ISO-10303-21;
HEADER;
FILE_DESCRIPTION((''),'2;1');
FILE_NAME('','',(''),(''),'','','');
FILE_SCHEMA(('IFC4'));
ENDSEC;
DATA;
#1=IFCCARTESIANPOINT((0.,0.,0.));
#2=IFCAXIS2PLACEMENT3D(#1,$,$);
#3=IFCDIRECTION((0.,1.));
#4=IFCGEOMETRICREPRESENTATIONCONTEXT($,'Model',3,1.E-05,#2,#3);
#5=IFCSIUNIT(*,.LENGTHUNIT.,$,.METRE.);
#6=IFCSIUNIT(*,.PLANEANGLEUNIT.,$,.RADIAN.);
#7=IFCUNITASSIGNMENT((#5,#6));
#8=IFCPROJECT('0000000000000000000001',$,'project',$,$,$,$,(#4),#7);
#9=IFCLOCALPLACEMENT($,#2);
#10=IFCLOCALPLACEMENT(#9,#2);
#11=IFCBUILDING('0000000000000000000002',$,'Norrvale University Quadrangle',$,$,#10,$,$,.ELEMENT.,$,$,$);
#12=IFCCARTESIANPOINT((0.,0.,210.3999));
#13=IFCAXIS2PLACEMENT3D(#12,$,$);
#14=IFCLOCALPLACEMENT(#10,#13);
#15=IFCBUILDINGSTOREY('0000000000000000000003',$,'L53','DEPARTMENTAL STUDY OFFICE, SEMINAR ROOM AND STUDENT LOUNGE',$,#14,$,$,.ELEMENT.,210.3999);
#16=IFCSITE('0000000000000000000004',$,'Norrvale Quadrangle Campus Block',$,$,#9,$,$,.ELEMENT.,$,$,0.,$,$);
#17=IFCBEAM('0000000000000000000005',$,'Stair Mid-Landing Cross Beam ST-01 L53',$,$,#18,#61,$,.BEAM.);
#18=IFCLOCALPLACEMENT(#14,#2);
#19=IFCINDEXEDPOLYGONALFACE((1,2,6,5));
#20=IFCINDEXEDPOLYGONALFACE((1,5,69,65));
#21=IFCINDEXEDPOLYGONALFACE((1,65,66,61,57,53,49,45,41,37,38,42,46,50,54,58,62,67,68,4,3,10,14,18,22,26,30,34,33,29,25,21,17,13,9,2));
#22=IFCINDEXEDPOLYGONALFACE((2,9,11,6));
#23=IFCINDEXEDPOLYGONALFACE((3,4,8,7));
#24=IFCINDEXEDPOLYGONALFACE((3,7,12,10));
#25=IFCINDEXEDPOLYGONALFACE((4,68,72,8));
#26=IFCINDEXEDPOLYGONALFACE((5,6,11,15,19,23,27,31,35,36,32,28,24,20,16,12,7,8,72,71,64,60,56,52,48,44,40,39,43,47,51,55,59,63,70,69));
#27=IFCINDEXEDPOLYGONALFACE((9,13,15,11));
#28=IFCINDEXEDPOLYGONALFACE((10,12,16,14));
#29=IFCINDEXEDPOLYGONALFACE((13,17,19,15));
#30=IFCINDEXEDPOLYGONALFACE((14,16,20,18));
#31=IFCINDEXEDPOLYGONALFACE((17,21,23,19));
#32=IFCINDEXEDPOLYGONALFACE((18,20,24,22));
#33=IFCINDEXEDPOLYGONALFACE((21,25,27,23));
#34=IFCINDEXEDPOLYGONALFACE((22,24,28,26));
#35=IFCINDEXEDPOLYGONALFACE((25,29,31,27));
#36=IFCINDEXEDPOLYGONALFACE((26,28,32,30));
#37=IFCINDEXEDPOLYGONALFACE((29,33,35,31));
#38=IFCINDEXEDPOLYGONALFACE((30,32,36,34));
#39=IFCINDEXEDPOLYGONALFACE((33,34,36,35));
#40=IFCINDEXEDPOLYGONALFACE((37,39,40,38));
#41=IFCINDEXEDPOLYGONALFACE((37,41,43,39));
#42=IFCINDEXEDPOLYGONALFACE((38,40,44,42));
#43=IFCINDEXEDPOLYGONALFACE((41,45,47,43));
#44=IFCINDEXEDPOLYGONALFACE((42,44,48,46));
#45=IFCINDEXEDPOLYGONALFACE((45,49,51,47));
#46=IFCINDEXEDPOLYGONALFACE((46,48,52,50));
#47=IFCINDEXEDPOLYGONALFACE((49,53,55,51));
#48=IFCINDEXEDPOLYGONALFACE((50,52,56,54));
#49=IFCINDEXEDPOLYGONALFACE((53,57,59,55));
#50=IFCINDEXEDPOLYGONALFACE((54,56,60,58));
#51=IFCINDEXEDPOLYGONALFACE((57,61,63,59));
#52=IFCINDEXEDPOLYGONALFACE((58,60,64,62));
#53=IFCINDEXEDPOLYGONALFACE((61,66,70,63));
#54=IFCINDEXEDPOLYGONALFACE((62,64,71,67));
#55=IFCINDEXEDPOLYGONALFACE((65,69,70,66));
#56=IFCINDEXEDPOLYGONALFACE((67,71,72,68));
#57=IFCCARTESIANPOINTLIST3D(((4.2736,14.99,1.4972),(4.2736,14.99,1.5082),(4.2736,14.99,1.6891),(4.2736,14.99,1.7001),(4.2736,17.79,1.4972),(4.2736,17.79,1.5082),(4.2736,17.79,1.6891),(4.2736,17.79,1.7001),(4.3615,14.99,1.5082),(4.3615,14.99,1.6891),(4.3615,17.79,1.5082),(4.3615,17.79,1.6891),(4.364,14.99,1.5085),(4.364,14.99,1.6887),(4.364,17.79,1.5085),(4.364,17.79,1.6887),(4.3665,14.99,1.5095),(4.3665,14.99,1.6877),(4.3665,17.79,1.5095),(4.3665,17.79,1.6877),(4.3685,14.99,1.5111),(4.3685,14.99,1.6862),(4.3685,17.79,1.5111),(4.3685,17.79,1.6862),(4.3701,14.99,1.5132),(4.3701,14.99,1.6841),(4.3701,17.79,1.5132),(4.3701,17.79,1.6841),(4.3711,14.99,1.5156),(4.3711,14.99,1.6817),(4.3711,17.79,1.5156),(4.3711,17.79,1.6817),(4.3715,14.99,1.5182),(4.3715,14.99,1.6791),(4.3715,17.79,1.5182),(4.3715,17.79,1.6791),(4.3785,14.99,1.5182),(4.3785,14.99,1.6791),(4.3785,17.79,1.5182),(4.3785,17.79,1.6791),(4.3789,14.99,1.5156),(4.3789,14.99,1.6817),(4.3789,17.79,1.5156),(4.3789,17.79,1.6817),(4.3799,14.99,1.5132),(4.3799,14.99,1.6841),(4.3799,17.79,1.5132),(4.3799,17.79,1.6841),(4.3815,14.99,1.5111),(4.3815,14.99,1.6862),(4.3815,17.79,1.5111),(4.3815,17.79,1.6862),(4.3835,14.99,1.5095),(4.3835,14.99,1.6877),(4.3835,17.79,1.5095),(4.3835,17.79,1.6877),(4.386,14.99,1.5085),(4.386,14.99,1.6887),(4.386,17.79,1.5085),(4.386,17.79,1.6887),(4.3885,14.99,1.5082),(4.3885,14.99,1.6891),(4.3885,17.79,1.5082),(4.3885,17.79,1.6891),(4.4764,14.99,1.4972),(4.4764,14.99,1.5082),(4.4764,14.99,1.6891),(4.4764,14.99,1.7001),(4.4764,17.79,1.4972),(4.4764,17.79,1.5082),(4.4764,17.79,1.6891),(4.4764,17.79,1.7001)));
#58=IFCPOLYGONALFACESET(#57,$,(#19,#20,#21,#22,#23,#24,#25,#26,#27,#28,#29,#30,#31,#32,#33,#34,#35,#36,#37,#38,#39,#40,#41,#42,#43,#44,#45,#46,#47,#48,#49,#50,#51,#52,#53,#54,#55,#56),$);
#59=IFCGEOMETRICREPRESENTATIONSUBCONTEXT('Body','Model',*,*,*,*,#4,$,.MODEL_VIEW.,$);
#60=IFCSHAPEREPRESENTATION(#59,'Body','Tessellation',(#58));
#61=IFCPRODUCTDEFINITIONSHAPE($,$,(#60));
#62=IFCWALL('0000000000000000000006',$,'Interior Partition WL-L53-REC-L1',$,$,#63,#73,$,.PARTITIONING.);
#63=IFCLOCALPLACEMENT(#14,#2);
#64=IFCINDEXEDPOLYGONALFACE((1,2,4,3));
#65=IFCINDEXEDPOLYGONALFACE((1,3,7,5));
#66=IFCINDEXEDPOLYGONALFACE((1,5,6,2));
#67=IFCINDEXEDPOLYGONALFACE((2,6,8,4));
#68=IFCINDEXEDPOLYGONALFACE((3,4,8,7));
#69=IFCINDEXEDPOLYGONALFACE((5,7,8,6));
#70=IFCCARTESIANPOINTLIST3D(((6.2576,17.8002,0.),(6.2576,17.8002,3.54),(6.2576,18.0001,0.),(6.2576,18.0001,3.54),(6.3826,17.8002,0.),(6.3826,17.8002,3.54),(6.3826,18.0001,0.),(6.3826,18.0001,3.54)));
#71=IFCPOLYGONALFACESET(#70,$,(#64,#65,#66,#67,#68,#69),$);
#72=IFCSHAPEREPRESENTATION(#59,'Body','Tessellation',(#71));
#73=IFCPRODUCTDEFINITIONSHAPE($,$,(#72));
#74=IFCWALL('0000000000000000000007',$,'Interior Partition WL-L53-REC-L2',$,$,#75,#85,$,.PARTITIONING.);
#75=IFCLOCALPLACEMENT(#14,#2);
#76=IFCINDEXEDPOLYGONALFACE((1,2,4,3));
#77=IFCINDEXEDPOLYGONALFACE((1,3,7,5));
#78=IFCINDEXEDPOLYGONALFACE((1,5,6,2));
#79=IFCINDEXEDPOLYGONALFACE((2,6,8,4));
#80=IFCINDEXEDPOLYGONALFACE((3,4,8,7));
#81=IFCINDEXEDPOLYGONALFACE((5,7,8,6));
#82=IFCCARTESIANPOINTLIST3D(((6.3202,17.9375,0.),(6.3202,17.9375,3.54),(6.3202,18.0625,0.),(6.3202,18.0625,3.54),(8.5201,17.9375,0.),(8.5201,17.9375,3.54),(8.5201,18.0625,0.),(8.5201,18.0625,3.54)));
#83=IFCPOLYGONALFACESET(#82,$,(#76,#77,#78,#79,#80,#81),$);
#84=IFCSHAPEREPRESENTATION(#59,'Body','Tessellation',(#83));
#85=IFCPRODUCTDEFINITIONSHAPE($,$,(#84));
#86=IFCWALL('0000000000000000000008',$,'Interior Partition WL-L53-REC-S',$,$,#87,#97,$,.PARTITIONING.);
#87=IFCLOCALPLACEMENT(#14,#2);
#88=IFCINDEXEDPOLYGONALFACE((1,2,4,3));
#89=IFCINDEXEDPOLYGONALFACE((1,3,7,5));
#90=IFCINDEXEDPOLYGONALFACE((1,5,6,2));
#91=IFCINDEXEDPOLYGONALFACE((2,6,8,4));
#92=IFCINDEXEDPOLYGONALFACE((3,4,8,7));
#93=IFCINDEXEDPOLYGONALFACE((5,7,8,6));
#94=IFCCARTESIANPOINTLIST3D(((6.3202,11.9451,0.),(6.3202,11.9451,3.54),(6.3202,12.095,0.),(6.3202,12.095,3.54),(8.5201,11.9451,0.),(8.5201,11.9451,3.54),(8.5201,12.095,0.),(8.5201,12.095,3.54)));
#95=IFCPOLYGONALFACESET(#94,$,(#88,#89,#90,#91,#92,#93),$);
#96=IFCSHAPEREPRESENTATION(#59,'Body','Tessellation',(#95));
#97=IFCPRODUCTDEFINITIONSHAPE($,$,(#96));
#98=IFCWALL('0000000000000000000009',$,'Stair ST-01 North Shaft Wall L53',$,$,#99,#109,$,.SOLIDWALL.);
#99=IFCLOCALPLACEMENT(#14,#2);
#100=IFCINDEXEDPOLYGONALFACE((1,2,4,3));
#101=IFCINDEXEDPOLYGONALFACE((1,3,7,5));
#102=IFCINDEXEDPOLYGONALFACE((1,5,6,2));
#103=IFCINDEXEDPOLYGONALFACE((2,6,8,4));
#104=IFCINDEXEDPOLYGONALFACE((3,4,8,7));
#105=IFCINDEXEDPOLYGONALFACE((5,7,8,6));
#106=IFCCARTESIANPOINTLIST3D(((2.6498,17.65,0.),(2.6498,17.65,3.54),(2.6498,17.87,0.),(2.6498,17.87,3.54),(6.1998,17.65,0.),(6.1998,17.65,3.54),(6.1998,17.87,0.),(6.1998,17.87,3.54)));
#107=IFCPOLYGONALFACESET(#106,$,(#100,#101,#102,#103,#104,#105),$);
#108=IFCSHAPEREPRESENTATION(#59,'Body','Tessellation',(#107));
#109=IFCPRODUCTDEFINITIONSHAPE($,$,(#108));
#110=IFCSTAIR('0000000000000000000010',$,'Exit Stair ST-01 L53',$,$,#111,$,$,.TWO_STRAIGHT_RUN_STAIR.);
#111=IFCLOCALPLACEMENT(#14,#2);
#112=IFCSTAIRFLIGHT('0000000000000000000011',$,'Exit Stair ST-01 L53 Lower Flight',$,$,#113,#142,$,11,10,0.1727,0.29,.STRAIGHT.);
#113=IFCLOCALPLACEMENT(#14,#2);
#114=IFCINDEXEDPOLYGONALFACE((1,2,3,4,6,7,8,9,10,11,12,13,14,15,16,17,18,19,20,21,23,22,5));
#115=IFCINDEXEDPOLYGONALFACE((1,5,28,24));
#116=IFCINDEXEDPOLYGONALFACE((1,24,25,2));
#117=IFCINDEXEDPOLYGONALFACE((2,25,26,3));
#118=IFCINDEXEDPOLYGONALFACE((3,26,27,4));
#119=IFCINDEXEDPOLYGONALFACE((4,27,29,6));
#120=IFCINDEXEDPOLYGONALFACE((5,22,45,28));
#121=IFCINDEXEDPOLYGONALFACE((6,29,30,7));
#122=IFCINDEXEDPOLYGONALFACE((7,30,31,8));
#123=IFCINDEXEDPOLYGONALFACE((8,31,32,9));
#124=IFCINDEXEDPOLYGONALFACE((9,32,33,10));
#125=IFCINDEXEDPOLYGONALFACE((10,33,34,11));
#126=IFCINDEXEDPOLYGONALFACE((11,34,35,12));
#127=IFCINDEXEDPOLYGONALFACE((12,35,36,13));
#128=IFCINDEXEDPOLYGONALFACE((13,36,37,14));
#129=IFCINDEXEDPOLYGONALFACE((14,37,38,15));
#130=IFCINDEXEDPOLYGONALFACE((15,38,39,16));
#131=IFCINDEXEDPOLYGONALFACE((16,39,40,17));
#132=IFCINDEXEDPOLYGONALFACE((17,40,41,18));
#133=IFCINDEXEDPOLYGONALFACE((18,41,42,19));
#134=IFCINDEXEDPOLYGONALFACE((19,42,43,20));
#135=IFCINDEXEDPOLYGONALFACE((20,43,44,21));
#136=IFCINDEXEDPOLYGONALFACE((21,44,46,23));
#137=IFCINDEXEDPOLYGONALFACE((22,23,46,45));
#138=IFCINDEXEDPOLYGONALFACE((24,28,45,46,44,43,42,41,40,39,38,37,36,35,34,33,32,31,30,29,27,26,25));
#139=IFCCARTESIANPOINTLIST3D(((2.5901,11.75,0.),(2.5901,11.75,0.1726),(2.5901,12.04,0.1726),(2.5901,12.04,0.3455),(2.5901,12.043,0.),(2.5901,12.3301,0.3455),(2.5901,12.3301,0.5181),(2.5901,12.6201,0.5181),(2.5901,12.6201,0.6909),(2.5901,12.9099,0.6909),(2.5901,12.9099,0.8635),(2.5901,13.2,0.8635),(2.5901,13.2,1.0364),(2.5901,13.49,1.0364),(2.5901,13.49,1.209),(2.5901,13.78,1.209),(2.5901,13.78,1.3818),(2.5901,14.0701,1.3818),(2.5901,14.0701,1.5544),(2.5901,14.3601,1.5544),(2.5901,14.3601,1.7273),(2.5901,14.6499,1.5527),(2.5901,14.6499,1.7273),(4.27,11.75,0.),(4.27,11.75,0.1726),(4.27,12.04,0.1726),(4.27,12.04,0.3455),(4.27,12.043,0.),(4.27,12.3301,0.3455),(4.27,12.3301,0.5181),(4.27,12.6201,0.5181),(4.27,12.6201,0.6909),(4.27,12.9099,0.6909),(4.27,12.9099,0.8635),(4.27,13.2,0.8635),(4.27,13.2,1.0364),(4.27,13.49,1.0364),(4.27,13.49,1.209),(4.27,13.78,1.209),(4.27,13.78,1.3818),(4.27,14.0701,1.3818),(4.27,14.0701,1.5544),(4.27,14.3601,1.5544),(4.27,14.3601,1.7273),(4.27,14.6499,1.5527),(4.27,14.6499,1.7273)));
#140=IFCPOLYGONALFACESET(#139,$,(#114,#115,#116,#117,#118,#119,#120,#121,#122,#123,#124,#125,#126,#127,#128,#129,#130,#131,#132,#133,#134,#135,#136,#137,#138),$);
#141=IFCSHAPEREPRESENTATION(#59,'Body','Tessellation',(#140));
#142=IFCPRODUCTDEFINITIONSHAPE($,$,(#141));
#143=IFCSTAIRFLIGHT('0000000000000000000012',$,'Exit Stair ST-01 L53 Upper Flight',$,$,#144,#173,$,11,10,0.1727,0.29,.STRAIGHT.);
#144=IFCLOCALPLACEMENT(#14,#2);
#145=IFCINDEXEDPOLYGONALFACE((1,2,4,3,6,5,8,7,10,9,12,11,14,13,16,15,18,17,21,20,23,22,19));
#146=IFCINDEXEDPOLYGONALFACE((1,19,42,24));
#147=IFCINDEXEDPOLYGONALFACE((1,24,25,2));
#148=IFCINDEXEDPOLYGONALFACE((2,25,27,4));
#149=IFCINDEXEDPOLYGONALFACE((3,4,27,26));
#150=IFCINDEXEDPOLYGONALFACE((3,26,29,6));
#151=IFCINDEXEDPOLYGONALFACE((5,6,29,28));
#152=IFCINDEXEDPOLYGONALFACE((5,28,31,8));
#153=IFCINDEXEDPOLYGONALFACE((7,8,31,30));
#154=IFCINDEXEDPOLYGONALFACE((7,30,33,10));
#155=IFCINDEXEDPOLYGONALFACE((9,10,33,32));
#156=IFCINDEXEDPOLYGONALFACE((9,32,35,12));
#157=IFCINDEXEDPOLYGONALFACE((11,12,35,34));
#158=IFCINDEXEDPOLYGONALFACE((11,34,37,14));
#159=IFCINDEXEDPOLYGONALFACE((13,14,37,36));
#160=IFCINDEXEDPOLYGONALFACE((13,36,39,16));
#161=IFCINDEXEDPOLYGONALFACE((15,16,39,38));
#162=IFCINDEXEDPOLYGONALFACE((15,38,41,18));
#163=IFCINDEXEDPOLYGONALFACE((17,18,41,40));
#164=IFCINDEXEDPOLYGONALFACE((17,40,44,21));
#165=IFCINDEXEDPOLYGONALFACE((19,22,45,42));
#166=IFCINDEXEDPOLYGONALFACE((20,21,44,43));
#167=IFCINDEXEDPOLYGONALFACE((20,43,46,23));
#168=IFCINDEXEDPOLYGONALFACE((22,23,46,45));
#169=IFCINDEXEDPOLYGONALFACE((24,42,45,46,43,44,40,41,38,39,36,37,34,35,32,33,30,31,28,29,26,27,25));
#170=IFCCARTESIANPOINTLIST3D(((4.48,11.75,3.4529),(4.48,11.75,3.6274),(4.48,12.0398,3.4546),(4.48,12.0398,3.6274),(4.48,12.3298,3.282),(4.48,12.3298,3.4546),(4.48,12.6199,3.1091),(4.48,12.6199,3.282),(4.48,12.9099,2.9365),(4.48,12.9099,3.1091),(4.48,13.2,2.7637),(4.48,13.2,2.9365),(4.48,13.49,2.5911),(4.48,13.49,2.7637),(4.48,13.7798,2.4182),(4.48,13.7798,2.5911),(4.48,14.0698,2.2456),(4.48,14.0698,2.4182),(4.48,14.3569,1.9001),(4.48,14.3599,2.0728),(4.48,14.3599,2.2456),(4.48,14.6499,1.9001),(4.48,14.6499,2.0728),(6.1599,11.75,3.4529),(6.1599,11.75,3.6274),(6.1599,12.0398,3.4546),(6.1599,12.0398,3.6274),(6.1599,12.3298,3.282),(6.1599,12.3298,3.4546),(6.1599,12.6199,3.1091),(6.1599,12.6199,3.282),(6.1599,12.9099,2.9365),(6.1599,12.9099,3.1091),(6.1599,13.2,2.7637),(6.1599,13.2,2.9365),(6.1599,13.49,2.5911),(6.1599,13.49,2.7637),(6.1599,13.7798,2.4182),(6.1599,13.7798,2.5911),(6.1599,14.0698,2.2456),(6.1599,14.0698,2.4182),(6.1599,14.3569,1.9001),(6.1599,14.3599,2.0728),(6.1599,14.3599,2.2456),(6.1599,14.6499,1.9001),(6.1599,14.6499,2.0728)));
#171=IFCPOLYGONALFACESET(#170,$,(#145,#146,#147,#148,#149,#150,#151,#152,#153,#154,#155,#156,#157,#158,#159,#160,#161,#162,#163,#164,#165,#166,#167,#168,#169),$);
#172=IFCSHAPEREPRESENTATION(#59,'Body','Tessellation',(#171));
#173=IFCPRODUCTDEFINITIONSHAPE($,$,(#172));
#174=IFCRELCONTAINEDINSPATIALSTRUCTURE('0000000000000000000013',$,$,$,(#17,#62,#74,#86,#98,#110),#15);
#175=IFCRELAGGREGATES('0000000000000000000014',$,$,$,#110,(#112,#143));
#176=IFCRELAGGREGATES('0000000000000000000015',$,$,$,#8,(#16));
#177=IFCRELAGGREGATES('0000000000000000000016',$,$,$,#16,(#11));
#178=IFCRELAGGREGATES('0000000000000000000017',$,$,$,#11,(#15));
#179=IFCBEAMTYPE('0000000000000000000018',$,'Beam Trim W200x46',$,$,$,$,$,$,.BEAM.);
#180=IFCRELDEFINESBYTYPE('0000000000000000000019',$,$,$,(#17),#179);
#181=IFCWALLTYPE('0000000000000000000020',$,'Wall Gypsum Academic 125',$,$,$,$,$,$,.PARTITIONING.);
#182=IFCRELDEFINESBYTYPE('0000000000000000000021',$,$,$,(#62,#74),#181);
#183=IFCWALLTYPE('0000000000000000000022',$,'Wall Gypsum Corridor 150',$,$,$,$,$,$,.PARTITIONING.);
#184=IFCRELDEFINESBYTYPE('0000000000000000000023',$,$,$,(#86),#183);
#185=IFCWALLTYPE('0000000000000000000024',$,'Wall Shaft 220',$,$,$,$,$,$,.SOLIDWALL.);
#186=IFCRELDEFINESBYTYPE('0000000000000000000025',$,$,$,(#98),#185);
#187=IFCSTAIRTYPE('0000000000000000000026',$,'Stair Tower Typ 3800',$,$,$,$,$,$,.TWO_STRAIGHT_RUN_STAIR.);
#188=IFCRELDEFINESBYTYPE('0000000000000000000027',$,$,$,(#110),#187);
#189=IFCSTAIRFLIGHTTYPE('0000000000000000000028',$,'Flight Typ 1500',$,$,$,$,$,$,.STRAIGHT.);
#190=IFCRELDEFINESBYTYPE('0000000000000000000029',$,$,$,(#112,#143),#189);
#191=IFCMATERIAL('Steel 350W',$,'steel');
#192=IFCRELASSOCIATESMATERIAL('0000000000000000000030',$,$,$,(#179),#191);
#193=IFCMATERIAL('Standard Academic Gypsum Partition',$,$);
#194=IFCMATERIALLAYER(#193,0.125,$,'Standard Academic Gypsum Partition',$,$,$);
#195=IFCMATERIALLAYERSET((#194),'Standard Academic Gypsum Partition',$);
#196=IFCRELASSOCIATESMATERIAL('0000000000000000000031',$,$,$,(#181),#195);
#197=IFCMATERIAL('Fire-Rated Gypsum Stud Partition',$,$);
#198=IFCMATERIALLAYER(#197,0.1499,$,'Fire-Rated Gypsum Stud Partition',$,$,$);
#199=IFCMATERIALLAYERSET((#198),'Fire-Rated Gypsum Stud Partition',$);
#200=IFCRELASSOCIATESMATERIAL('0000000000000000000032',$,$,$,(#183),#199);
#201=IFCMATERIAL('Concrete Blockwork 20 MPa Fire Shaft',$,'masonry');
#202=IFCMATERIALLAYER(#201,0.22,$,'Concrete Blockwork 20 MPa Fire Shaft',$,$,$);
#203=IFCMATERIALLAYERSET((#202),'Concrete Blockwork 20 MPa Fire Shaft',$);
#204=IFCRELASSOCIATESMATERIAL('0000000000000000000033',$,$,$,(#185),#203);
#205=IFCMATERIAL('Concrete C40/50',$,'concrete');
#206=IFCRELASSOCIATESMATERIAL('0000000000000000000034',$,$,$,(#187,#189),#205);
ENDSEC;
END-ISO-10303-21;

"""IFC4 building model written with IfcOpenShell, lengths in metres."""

from ifc_helpers import new_model, si_unit, direction, frame, frame_2d, origin, origin_2d, place, context, subcontext, project, spatial, polyline, rectangle, i_section, outline, extrude, material, layer, layer_set, material_profile, profile_set, type_object, element, aggregate, save


model = new_model("IFC4")

# Units and contexts
model_context = context("Model", 3, precision=1e-05, world=origin(), true_north=direction((0.0, 1.0)))
body_context = subcontext(model_context, "Body", "Model", "MODEL_VIEW")
ifc_project = project(units=[si_unit("LENGTHUNIT", "METRE"), si_unit("PLANEANGLEUNIT", "RADIAN")], contexts=[model_context])

# Site, building, storey
site_placement = place(None, origin())
site = spatial("IfcSite", under=ifc_project, at=site_placement, Name="Norrvale Quadrangle Campus Block", CompositionType="ELEMENT", RefElevation=0.0)
building_placement = place(site_placement, origin())
building = spatial("IfcBuilding", under=site, at=building_placement, Name="Norrvale University Quadrangle", CompositionType="ELEMENT")
storey_placement = place(building_placement, frame((0.0, 0.0, 210.3999)))
storey = spatial("IfcBuildingStorey", under=building, at=storey_placement, Name="L53", Description="DEPARTMENTAL STUDY OFFICE, SEMINAR ROOM AND STUDENT LOUNGE", CompositionType="ELEMENT", Elevation=210.3999)

# Beam
ifc_material_1 = material(Name="Steel 350W", Category="steel")
ifc_material_profile_1 = material_profile(ifc_material_1, i_section(OverallWidth=0.2029, OverallDepth=0.2029, WebThickness=0.0071, FlangeThickness=0.011, FilletRadius=0.01, at=origin_2d()), Name="Steel 350W")
ifc_profile_set_1 = profile_set([ifc_material_profile_1], Name="Steel 350W")
beam_type_1 = type_object("IfcBeamType", Name="Beam Trim W200x46", PredefinedType="BEAM", material=ifc_profile_set_1)
beam_1_placement = place(storey_placement, frame((4.375, 14.99, 1.5986), z_axis=(0.0, 1.0, 0.0), x_axis=(-1.0, 0.0, 0.0)))
element("IfcBeam", 1, at=beam_1_placement, inside=storey, type_object=beam_type_1, Name="Stair Mid-Landing Cross Beam ST-01 L53", PredefinedType="BEAM", context=body_context, shape_type="SweptSolid", body=[
    extrude(i_section(OverallWidth=0.2029, OverallDepth=0.2029, WebThickness=0.0071, FlangeThickness=0.011, FilletRadius=0.01, at=origin_2d()), origin(), (0.0, 0.0, 1.0), 2.8),
])

# Walls
ifc_material_2 = material(Name="Standard Academic Gypsum Partition")
ifc_layer_1 = layer(ifc_material_2, 0.125, Name="Standard Academic Gypsum Partition")
ifc_layer_set_1 = layer_set([ifc_layer_1], Name="Standard Academic Gypsum Partition")
wall_type_1 = type_object("IfcWallType", Name="Wall Gypsum Academic 125", PredefinedType="PARTITIONING", material=ifc_layer_set_1)
wall_1_placement = place(storey_placement, frame((6.3201, 17.8, 0.0), z_axis=(0.0, 0.0, 1.0), x_axis=(0.0, 1.0, 0.0)))
element("IfcWall", 2, at=wall_1_placement, inside=storey, type_object=wall_type_1, Name="Interior Partition WL-L53-REC-L1", PredefinedType="PARTITIONING", context=body_context, shape_type="SweptSolid", body=[
    extrude(rectangle(XDim=0.2, YDim=0.125, at=frame_2d((0.1001, 0.0))), origin(), (0.0, 0.0, 1.0), 3.54),
])
wall_2_placement = place(storey_placement, frame((6.3201, 18.0, 0.0), z_axis=(0.0, 0.0, 1.0), x_axis=(1.0, 0.0, 0.0)))
element("IfcWall", 3, at=wall_2_placement, inside=storey, type_object=wall_type_1, Name="Interior Partition WL-L53-REC-L2", PredefinedType="PARTITIONING", context=body_context, shape_type="SweptSolid", body=[
    extrude(rectangle(XDim=2.2, YDim=0.125, at=frame_2d((1.1001, 0.0))), origin(), (0.0, 0.0, 1.0), 3.54),
])
ifc_material_3 = material(Name="Fire-Rated Gypsum Stud Partition")
ifc_layer_2 = layer(ifc_material_3, 0.1499, Name="Fire-Rated Gypsum Stud Partition")
ifc_layer_set_2 = layer_set([ifc_layer_2], Name="Fire-Rated Gypsum Stud Partition")
wall_type_2 = type_object("IfcWallType", Name="Wall Gypsum Corridor 150", PredefinedType="PARTITIONING", material=ifc_layer_set_2)
wall_3_placement = place(storey_placement, frame((6.3201, 12.02, 0.0), z_axis=(0.0, 0.0, 1.0), x_axis=(1.0, 0.0, 0.0)))
element("IfcWall", 4, at=wall_3_placement, inside=storey, type_object=wall_type_2, Name="Interior Partition WL-L53-REC-S", PredefinedType="PARTITIONING", context=body_context, shape_type="SweptSolid", body=[
    extrude(rectangle(XDim=2.2, YDim=0.1499, at=frame_2d((1.1001, 0.0))), origin(), (0.0, 0.0, 1.0), 3.54),
])
ifc_material_4 = material(Name="Concrete Blockwork 20 MPa Fire Shaft", Category="masonry")
ifc_layer_3 = layer(ifc_material_4, 0.22, Name="Concrete Blockwork 20 MPa Fire Shaft")
ifc_layer_set_3 = layer_set([ifc_layer_3], Name="Concrete Blockwork 20 MPa Fire Shaft")
wall_type_3 = type_object("IfcWallType", Name="Wall Shaft 220", PredefinedType="SOLIDWALL", material=ifc_layer_set_3)
wall_4_placement = place(storey_placement, frame((2.6499, 17.76, 0.0), z_axis=(0.0, 0.0, 1.0), x_axis=(1.0, 0.0, 0.0)))
element("IfcWall", 5, at=wall_4_placement, inside=storey, type_object=wall_type_3, Name="Stair ST-01 North Shaft Wall L53", PredefinedType="SOLIDWALL", context=body_context, shape_type="SweptSolid", body=[
    extrude(rectangle(XDim=3.55, YDim=0.22, at=frame_2d((1.7749, 0.0))), origin(), (0.0, 0.0, 1.0), 3.54),
])

# Stair, stair flights
ifc_material_5 = material(Name="Concrete C40/50", Category="concrete")
stair_type = type_object("IfcStairType", Name="Stair Tower Typ 3800", PredefinedType="TWO_STRAIGHT_RUN_STAIR", material=ifc_material_5)
stair_placement = place(storey_placement, origin())
stair = element("IfcStair", 6, at=stair_placement, inside=storey, type_object=stair_type, Name="Exit Stair ST-01 L53", PredefinedType="TWO_STRAIGHT_RUN_STAIR")
stair_flight_type = type_object("IfcStairFlightType", Name="Flight Typ 1500", PredefinedType="STRAIGHT", material=ifc_material_5)
stair_flight_1_placement = place(storey_placement, frame((3.4299, 11.75, 0.0), z_axis=(0.0, 0.0, 1.0), x_axis=(0.0, 1.0, 0.0)))
stair_flight_1 = element("IfcStairFlight", 7, at=stair_flight_1_placement, type_object=stair_flight_type, Name="Exit Stair ST-01 L53 Lower Flight", NumberOfRisers=11, NumberOfTreads=10, PredefinedType="STRAIGHT", RiserHeight=0.1727, TreadLength=0.29, context=body_context, shape_type="SweptSolid", body=[
    extrude(outline(polyline([(0.0, 0.0), (0.0, 0.1726), (0.29, 0.1726), (0.29, 0.3455), (0.5801, 0.3455), (0.5801, 0.5181), (0.8701, 0.5181), (0.8701, 0.6909), (1.1599, 0.6909), (1.1599, 0.8635), (1.45, 0.8635), (1.45, 1.0364), (1.74, 1.0364), (1.74, 1.209), (2.03, 1.209), (2.03, 1.3818), (2.3201, 1.3818), (2.3201, 1.5544), (2.6101, 1.5544), (2.6101, 1.7273), (2.8999, 1.7273), (2.8999, 1.8999), (2.8999, 1.5527), (0.293, 0.0), (0.0, 0.0)])), frame((0.0, 0.8398, 0.0), z_axis=(0.0, -1.0, 0.0), x_axis=(1.0, 0.0, 0.0)), (0.0, 0.0, 1.0), 1.6799),
])
stair_flight_2_placement = place(storey_placement, frame((5.3201, 14.6499, 1.9001), z_axis=(0.0, 0.0, 1.0), x_axis=(0.0, -1.0, 0.0)))
stair_flight_2 = element("IfcStairFlight", 8, at=stair_flight_2_placement, type_object=stair_flight_type, Name="Exit Stair ST-01 L53 Upper Flight", NumberOfRisers=11, NumberOfTreads=10, PredefinedType="STRAIGHT", RiserHeight=0.1727, TreadLength=0.29, context=body_context, shape_type="SweptSolid", body=[
    extrude(outline(polyline([(0.0, 0.0), (0.0, 0.1726), (0.29, 0.1726), (0.29, 0.3455), (0.5801, 0.3455), (0.5801, 0.5181), (0.8701, 0.5181), (0.8701, 0.6909), (1.1599, 0.6909), (1.1599, 0.8635), (1.45, 0.8635), (1.45, 1.0364), (1.74, 1.0364), (1.74, 1.209), (2.03, 1.209), (2.03, 1.3818), (2.3201, 1.3818), (2.3201, 1.5544), (2.6101, 1.5544), (2.6101, 1.7273), (2.8999, 1.7273), (2.8999, 1.8999), (2.8999, 1.5527), (0.293, 0.0), (0.0, 0.0)])), frame((0.0, 0.8398, 0.0), z_axis=(0.0, -1.0, 0.0), x_axis=(1.0, 0.0, 0.0)), (0.0, 0.0, 1.0), 1.6799),
])
aggregate(stair, [stair_flight_1, stair_flight_2])

save(model, "model.ifc")
